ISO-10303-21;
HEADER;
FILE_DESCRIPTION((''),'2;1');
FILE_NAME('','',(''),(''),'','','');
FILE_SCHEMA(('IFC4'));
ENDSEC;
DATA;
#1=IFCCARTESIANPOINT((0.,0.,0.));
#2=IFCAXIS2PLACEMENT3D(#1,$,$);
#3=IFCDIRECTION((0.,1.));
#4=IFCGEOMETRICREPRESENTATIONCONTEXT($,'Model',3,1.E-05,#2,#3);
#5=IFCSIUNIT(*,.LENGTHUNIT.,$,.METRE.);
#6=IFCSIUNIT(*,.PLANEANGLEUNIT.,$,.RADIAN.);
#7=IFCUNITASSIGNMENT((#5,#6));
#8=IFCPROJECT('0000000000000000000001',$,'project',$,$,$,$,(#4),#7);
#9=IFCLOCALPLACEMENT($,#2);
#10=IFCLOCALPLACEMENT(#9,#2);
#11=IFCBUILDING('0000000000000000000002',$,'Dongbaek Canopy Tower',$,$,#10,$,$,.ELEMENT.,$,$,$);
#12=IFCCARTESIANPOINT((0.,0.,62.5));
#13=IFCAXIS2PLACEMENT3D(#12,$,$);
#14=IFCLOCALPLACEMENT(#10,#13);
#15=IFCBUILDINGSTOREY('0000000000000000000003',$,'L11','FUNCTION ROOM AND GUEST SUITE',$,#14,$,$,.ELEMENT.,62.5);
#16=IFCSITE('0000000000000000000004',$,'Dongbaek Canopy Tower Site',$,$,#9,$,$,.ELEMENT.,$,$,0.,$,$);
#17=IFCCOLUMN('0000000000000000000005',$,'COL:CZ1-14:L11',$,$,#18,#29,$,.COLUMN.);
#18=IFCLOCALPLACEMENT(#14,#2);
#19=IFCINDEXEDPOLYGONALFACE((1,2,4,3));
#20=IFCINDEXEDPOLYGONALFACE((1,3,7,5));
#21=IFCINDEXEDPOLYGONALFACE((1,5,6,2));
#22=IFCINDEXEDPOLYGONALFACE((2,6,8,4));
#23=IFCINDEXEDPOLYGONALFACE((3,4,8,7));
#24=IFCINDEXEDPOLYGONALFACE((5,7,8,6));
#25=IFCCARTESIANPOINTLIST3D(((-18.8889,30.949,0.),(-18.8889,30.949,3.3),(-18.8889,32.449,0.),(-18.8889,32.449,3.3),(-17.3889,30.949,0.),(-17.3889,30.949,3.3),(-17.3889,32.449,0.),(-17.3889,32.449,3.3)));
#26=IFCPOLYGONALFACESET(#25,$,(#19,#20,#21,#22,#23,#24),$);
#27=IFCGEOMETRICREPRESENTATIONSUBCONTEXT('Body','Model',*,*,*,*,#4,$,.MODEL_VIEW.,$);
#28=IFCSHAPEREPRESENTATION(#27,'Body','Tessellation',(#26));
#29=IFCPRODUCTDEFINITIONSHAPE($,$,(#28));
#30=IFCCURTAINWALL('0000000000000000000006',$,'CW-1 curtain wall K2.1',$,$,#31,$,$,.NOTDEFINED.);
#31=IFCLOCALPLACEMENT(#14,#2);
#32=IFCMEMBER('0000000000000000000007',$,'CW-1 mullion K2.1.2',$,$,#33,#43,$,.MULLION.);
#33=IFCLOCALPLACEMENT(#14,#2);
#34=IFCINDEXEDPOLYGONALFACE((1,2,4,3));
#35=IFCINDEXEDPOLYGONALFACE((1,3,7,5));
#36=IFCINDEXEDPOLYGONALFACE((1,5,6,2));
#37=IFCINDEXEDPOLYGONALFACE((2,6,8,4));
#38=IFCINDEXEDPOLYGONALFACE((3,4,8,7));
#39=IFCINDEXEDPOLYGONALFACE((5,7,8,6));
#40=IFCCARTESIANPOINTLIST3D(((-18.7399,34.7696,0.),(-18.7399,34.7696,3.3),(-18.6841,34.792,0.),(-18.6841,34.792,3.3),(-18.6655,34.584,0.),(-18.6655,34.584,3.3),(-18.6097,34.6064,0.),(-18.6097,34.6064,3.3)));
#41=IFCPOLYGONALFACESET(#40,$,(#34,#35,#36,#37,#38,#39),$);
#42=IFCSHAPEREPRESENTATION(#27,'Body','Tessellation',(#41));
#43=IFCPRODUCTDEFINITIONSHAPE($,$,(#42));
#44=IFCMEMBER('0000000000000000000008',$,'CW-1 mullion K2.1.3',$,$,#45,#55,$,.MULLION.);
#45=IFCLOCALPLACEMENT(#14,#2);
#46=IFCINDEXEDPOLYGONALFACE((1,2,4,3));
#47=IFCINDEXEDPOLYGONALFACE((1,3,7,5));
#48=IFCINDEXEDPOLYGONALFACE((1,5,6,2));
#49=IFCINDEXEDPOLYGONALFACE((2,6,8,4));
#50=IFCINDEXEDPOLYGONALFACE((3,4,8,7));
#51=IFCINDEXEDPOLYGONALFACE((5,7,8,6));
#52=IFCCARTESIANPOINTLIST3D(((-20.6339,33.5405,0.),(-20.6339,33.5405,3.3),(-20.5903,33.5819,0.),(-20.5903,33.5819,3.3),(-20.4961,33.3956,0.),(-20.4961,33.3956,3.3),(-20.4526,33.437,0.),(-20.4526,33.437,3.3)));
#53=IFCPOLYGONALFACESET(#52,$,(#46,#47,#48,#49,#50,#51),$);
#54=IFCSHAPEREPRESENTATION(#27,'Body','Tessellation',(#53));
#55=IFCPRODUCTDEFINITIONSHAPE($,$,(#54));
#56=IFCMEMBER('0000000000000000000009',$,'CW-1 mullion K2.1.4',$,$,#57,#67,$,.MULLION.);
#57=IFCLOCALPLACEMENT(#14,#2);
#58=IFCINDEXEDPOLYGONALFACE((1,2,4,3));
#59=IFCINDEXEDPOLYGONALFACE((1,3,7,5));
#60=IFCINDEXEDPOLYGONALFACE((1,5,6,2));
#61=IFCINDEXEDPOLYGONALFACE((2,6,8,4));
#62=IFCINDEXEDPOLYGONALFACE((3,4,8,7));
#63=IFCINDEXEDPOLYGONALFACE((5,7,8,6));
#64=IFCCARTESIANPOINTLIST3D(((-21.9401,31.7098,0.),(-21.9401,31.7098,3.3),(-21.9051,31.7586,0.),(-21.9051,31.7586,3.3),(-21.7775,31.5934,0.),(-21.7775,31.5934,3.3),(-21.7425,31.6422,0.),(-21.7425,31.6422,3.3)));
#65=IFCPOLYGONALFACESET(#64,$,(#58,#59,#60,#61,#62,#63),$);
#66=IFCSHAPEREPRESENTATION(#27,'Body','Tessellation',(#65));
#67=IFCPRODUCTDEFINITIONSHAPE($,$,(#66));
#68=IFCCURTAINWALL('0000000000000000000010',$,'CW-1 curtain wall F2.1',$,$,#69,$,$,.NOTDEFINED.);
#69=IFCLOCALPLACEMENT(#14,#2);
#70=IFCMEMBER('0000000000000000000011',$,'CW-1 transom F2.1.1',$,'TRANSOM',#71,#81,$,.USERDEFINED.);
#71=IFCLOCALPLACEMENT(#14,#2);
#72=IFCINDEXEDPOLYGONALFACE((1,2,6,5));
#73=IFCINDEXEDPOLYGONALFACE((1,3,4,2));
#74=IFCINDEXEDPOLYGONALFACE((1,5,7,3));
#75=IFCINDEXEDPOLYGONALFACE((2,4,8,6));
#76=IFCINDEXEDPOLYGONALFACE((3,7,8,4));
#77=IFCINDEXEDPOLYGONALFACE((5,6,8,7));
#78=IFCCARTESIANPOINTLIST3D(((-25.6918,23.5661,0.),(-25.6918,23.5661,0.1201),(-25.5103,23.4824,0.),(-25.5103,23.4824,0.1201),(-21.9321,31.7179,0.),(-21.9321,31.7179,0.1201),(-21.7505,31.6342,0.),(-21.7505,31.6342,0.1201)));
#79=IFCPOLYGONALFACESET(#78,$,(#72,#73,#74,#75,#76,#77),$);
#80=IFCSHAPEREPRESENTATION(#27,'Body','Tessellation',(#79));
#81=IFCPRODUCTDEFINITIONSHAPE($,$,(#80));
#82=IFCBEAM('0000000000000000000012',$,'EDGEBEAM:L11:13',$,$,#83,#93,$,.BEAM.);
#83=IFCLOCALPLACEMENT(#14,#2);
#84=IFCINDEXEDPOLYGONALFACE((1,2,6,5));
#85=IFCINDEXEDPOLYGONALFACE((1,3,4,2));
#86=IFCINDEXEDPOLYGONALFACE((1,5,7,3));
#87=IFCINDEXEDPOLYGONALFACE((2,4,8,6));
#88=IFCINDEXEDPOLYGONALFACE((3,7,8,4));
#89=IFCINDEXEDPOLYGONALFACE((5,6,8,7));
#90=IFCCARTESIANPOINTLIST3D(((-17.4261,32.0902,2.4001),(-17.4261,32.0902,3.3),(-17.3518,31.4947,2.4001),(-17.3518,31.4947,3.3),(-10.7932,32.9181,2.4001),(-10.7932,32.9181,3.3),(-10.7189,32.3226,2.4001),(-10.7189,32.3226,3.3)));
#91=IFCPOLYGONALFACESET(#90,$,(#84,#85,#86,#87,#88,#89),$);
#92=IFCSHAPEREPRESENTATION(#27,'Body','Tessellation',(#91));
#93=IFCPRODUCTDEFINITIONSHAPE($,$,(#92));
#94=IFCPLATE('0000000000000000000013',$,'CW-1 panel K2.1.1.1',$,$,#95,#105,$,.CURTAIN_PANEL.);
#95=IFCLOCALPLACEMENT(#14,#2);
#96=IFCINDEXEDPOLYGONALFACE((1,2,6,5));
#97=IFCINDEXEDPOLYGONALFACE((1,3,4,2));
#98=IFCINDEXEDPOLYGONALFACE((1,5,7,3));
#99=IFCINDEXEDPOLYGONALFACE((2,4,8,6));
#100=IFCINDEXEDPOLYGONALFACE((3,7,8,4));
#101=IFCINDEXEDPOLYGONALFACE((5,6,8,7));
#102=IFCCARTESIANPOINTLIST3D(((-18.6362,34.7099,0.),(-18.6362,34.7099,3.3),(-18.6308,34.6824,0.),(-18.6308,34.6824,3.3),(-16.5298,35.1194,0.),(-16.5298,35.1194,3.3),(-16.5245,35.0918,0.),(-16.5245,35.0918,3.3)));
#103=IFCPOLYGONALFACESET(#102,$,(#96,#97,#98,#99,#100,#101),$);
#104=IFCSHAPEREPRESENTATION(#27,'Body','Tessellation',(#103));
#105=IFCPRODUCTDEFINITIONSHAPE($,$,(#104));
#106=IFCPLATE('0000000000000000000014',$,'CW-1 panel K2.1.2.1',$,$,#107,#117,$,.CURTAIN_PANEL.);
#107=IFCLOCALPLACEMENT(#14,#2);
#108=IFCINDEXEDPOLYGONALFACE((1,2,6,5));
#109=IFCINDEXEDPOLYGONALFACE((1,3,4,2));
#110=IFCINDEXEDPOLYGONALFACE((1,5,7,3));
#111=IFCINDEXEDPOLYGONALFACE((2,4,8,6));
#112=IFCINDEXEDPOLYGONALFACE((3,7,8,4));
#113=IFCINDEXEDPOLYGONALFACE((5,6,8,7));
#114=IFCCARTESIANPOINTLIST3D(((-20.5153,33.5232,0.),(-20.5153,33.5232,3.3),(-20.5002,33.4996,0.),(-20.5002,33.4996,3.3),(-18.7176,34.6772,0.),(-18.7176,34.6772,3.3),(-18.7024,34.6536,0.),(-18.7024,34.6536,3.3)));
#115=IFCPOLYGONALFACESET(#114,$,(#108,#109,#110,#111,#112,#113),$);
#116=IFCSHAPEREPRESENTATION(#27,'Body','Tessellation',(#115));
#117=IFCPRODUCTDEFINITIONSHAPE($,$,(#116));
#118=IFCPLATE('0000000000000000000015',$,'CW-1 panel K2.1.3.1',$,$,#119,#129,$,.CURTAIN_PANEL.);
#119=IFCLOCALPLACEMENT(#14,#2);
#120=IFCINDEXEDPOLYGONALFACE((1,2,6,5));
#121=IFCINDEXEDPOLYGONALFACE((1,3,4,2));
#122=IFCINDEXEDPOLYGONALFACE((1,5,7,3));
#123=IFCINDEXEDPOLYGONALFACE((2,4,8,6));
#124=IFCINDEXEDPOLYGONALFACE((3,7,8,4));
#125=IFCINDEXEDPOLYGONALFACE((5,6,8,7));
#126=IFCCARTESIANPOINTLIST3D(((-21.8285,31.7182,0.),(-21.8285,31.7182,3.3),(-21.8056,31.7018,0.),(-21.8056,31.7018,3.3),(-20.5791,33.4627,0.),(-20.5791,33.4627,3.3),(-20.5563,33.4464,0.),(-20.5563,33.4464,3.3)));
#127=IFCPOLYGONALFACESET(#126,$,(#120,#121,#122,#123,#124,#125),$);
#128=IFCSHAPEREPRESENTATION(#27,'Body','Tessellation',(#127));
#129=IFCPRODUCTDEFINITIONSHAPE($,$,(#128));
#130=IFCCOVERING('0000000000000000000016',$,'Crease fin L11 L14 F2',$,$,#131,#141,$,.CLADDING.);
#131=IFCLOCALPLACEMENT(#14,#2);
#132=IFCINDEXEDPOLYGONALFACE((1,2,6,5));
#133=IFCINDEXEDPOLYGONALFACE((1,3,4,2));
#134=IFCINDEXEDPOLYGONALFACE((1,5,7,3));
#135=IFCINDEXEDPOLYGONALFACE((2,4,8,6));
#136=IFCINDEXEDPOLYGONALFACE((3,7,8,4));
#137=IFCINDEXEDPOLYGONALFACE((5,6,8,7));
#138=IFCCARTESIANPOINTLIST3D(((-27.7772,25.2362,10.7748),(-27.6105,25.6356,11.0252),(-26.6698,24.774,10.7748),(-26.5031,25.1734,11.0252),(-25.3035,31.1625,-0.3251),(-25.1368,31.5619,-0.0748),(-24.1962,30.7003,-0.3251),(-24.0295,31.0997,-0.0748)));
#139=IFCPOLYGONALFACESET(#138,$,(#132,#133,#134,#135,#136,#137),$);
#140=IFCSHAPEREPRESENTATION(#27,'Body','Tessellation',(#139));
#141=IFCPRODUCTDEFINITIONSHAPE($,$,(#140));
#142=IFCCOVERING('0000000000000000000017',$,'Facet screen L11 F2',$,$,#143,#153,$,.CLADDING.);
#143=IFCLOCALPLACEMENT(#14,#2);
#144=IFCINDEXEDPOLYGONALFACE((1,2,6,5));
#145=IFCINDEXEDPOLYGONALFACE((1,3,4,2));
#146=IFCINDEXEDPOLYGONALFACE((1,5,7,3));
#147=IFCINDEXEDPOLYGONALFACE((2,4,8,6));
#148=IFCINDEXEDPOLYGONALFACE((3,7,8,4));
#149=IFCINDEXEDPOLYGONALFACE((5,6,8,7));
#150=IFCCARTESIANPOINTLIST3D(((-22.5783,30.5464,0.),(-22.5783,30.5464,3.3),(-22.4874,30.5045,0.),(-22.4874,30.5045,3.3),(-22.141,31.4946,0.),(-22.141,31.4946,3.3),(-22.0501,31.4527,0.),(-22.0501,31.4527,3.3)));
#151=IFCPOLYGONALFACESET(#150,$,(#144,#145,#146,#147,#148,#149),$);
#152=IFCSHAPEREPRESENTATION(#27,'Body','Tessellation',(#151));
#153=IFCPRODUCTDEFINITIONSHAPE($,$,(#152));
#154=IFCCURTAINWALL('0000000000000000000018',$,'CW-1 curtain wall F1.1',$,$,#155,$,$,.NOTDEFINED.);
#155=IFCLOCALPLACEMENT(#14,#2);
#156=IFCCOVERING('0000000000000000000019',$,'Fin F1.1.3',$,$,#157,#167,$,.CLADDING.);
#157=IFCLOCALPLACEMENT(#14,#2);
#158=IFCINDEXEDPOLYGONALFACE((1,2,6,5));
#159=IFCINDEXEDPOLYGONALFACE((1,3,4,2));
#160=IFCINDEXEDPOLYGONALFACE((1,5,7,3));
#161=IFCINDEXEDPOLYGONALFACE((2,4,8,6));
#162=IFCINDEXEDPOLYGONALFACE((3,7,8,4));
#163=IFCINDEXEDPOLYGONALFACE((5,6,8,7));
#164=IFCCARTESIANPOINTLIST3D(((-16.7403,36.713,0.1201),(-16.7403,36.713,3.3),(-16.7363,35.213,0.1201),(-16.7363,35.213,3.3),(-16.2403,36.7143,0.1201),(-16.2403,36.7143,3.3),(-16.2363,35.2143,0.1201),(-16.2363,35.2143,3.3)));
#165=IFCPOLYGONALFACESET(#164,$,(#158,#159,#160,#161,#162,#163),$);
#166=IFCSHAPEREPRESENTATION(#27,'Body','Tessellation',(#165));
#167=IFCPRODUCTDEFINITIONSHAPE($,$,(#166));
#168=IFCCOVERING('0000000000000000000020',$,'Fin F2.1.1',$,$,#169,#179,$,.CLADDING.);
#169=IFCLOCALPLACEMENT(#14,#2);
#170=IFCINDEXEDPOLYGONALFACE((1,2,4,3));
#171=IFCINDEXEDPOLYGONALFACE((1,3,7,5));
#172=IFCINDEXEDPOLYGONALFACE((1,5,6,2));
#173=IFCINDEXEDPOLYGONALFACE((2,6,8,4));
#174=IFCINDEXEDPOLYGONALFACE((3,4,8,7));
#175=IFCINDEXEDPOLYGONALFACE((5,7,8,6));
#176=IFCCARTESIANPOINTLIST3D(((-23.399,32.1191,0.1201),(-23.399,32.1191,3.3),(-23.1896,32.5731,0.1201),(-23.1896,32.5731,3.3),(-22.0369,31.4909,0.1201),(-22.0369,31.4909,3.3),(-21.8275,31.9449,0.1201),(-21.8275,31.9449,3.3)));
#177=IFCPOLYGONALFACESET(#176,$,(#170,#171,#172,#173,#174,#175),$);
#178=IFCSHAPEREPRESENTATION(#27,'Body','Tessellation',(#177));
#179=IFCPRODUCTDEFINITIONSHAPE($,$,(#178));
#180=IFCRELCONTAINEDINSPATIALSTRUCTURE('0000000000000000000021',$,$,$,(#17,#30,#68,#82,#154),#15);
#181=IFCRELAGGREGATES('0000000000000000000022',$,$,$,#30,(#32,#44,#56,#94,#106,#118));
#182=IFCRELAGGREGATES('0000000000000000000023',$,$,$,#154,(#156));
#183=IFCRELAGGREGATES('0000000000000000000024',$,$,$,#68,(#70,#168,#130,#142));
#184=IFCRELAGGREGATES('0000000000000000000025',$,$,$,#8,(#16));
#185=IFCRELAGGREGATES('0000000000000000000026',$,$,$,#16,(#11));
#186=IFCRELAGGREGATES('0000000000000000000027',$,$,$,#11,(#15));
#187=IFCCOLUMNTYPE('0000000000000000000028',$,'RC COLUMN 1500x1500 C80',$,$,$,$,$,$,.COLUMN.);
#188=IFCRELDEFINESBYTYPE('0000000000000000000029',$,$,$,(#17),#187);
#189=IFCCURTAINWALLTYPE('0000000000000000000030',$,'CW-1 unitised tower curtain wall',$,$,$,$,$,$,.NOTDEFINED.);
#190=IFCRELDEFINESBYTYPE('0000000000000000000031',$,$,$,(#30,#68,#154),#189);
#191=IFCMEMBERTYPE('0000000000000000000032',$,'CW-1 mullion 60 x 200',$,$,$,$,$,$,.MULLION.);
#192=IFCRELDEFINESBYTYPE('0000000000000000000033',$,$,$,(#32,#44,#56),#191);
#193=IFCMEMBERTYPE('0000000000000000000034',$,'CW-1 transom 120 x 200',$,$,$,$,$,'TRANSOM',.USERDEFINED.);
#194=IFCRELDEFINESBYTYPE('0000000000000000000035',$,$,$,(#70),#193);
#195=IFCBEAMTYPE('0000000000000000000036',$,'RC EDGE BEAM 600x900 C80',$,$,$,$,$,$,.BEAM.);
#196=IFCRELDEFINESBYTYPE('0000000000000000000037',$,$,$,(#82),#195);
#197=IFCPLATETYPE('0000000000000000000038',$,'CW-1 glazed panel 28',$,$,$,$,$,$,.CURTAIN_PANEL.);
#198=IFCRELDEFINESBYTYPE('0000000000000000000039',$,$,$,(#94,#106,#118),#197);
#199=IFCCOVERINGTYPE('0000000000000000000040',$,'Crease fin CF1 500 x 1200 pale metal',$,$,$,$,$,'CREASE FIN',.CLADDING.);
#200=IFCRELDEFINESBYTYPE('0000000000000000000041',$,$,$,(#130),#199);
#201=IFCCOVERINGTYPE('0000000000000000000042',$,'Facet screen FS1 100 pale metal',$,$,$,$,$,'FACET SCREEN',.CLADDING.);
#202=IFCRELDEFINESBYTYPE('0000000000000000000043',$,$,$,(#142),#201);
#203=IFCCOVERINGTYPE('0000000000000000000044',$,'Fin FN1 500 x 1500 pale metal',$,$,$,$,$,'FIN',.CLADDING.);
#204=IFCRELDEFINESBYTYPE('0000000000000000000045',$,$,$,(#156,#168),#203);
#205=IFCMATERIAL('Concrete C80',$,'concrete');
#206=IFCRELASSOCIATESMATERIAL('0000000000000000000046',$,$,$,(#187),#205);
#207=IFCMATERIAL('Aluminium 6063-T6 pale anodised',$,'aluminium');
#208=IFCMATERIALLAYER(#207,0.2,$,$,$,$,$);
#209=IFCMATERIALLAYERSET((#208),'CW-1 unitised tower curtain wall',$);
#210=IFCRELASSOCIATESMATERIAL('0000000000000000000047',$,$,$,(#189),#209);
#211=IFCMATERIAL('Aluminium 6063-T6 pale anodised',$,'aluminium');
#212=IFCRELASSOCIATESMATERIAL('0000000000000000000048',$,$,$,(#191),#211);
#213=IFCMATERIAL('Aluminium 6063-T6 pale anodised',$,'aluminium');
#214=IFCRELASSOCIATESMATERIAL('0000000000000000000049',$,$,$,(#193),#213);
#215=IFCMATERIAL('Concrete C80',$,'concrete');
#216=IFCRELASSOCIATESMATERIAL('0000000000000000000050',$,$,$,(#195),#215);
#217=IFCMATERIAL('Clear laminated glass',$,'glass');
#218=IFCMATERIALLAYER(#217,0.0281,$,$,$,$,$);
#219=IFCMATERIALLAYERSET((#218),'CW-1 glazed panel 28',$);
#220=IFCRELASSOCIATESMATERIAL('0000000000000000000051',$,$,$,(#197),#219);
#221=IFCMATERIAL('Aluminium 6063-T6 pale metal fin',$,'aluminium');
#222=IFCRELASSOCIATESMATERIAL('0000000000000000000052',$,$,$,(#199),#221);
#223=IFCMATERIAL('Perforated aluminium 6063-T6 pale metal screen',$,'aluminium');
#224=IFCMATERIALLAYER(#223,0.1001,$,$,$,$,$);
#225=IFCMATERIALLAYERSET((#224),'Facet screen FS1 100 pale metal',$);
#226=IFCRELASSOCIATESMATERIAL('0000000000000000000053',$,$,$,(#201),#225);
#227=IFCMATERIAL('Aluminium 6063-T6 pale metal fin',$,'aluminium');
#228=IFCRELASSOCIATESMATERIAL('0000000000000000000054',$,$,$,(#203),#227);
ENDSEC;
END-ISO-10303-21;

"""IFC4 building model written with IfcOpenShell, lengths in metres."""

from ifc_helpers import new_model, si_unit, direction, frame, origin, origin_2d, place, context, subcontext, project, spatial, rectangle, extrude, material, layer, layer_set, material_profile, profile_set, type_object, element, aggregate, save


model = new_model("IFC4")

# Units and contexts
model_context = context("Model", 3, precision=1e-05, world=origin(), true_north=direction((0.0, 1.0)))
body_context = subcontext(model_context, "Body", "Model", "MODEL_VIEW")
ifc_project = project(units=[si_unit("LENGTHUNIT", "METRE"), si_unit("PLANEANGLEUNIT", "RADIAN")], contexts=[model_context])

# Site, building, storey
site_placement = place(None, origin())
site = spatial("IfcSite", under=ifc_project, at=site_placement, Name="Dongbaek Canopy Tower Site", CompositionType="ELEMENT", RefElevation=0.0)
building_placement = place(site_placement, origin())
building = spatial("IfcBuilding", under=site, at=building_placement, Name="Dongbaek Canopy Tower", CompositionType="ELEMENT")
storey_placement = place(building_placement, frame((0.0, 0.0, 62.5)))
storey = spatial("IfcBuildingStorey", under=building, at=storey_placement, Name="L11", Description="FUNCTION ROOM AND GUEST SUITE", CompositionType="ELEMENT", Elevation=62.5)

# Column
ifc_material_1 = material(Name="Concrete C80", Category="concrete")
ifc_material_profile_1 = material_profile(ifc_material_1, rectangle(XDim=1.5, YDim=1.5, at=origin_2d()), Name="RC COLUMN 1500x1500 C80")
ifc_profile_set_1 = profile_set([ifc_material_profile_1], Name="Concrete C80")
column_type = type_object("IfcColumnType", Name="RC COLUMN 1500x1500 C80", PredefinedType="COLUMN", material=ifc_profile_set_1)
column_placement = place(storey_placement, frame((-18.1389, 31.699, 0.0), z_axis=(0.0, 0.0, 1.0), x_axis=(1.0, 0.0, 0.0)))
element("IfcColumn", 1, at=column_placement, inside=storey, type_object=column_type, Name="COL:CZ1-14:L11", PredefinedType="COLUMN", context=body_context, shape_type="SweptSolid", body=[
    extrude(rectangle(XDim=1.5, YDim=1.5, at=origin_2d()), origin(), (0.0, 0.0, 1.0), 3.3),
])

# Curtain wall, members
ifc_material_2 = material(Name="Aluminium 6063-T6 pale anodised", Category="aluminium")
ifc_layer_1 = layer(ifc_material_2, 0.2)
ifc_layer_set_1 = layer_set([ifc_layer_1], Name="CW-1 unitised tower curtain wall")
curtain_wall_type = type_object("IfcCurtainWallType", Name="CW-1 unitised tower curtain wall", PredefinedType="NOTDEFINED", material=ifc_layer_set_1)
curtain_wall_1_placement = place(storey_placement, origin())
curtain_wall_1 = element("IfcCurtainWall", 2, at=curtain_wall_1_placement, inside=storey, type_object=curtain_wall_type, Name="CW-1 curtain wall K2.1", PredefinedType="NOTDEFINED")
ifc_material_3 = material(Name="Aluminium 6063-T6 pale anodised", Category="aluminium")
ifc_material_profile_2 = material_profile(ifc_material_3, rectangle(XDim=0.2, YDim=0.0601, at=origin_2d()), Name="CW-1 mullion 60 x 200")
ifc_profile_set_2 = profile_set([ifc_material_profile_2], Name="Aluminium 6063-T6 pale anodised")
member_type_1 = type_object("IfcMemberType", Name="CW-1 mullion 60 x 200", PredefinedType="MULLION", material=ifc_profile_set_2)
member_1_placement = place(storey_placement, frame((-18.6748, 34.688, 0.0), z_axis=(0.0, 0.0, 1.0), x_axis=(-0.372156, 0.92817, 0.0)))
member_1 = element("IfcMember", 3, at=member_1_placement, type_object=member_type_1, Name="CW-1 mullion K2.1.2", PredefinedType="MULLION", context=body_context, shape_type="SweptSolid", body=[
    extrude(rectangle(XDim=0.2, YDim=0.0601, at=origin_2d()), origin(), (0.0, 0.0, 1.0), 3.3),
])
member_2_placement = place(storey_placement, frame((-20.5432, 33.4888, 0.0), z_axis=(0.0, 0.0, 1.0), x_axis=(-0.688918, 0.724839, 0.0)))
member_2 = element("IfcMember", 4, at=member_2_placement, type_object=member_type_1, Name="CW-1 mullion K2.1.3", PredefinedType="MULLION", context=body_context, shape_type="SweptSolid", body=[
    extrude(rectangle(XDim=0.2, YDim=0.0601, at=origin_2d()), origin(), (0.0, 0.0, 1.0), 3.3),
])
member_3_placement = place(storey_placement, frame((-21.8413, 31.676, 0.0), z_axis=(0.0, 0.0, 1.0), x_axis=(-0.813024, 0.58223, 0.0)))
member_3 = element("IfcMember", 5, at=member_3_placement, type_object=member_type_1, Name="CW-1 mullion K2.1.4", PredefinedType="MULLION", context=body_context, shape_type="SweptSolid", body=[
    extrude(rectangle(XDim=0.2, YDim=0.0601, at=origin_2d()), origin(), (0.0, 0.0, 1.0), 3.3),
])

# Curtain wall, member
curtain_wall_2_placement = place(storey_placement, origin())
curtain_wall_2 = element("IfcCurtainWall", 6, at=curtain_wall_2_placement, inside=storey, type_object=curtain_wall_type, Name="CW-1 curtain wall F2.1", PredefinedType="NOTDEFINED")
ifc_material_4 = material(Name="Aluminium 6063-T6 pale anodised", Category="aluminium")
ifc_material_profile_3 = material_profile(ifc_material_4, rectangle(XDim=0.2, YDim=0.1201, at=origin_2d()), Name="CW-1 transom 120 x 200")
ifc_profile_set_3 = profile_set([ifc_material_profile_3], Name="Aluminium 6063-T6 pale anodised")
member_type_2 = type_object("IfcMemberType", Name="CW-1 transom 120 x 200", ElementType="TRANSOM", PredefinedType="USERDEFINED", material=ifc_profile_set_3)
member_4_placement = place(storey_placement, frame((-21.8413, 31.676, 0.0601), z_axis=(-0.418817, -0.908071, 0.0), x_axis=(0.908071, -0.418817, 0.0)))
member_4 = element("IfcMember", 7, at=member_4_placement, type_object=member_type_2, Name="CW-1 transom F2.1.1", ObjectType="TRANSOM", PredefinedType="USERDEFINED", context=body_context, shape_type="SweptSolid", body=[
    extrude(rectangle(XDim=0.2, YDim=0.1201, at=origin_2d()), origin(), (0.0, 0.0, 1.0), 8.9771),
])

# Beam
ifc_material_5 = material(Name="Concrete C80", Category="concrete")
ifc_material_profile_4 = material_profile(ifc_material_5, rectangle(XDim=0.6001, YDim=0.8999, at=origin_2d()), Name="RC EDGE BEAM 600x900 C80")
ifc_profile_set_4 = profile_set([ifc_material_profile_4], Name="Concrete C80")
beam_type = type_object("IfcBeamType", Name="RC EDGE BEAM 600x900 C80", PredefinedType="BEAM", material=ifc_profile_set_4)
beam_placement = place(storey_placement, frame((-17.3889, 31.7925, 2.8501), z_axis=(0.9923, 0.123855, 0.0), x_axis=(-0.123855, 0.9923, 0.0)))
element("IfcBeam", 8, at=beam_placement, inside=storey, type_object=beam_type, Name="EDGEBEAM:L11:13", PredefinedType="BEAM", context=body_context, shape_type="SweptSolid", body=[
    extrude(rectangle(XDim=0.6001, YDim=0.8999, at=origin_2d()), origin(), (0.0, 0.0, 1.0), 6.6843),
])

# Plates
ifc_material_6 = material(Name="Clear laminated glass", Category="glass")
ifc_layer_2 = layer(ifc_material_6, 0.0281)
ifc_layer_set_2 = layer_set([ifc_layer_2], Name="CW-1 glazed panel 28")
plate_type = type_object("IfcPlateType", Name="CW-1 glazed panel 28", PredefinedType="CURTAIN_PANEL", material=ifc_layer_set_2)
plate_1_placement = place(storey_placement, frame((-17.5803, 34.9009, 0.0), z_axis=(0.0, 0.0, 1.0), x_axis=(-0.981625, -0.190821, 0.0)))
plate_1 = element("IfcPlate", 9, at=plate_1_placement, type_object=plate_type, Name="CW-1 panel K2.1.1.1", PredefinedType="CURTAIN_PANEL", context=body_context, shape_type="SweptSolid", body=[
    extrude(rectangle(XDim=2.1458, YDim=0.0281, at=origin_2d()), origin(), (0.0, 0.0, 1.0), 3.3),
])
plate_2_placement = place(storey_placement, frame((-19.6089, 34.0884, 0.0), z_axis=(0.0, 0.0, 1.0), x_axis=(-0.841543, -0.54019, 0.0)))
plate_2 = element("IfcPlate", 10, at=plate_2_placement, type_object=plate_type, Name="CW-1 panel K2.1.2.1", PredefinedType="CURTAIN_PANEL", context=body_context, shape_type="SweptSolid", body=[
    extrude(rectangle(XDim=2.1362, YDim=0.0281, at=origin_2d()), origin(), (0.0, 0.0, 1.0), 3.3),
])
plate_3_placement = place(storey_placement, frame((-21.1924, 32.5823, 0.0), z_axis=(0.0, 0.0, 1.0), x_axis=(-0.58223, -0.813024, 0.0)))
plate_3 = element("IfcPlate", 11, at=plate_3_placement, type_object=plate_type, Name="CW-1 panel K2.1.3.1", PredefinedType="CURTAIN_PANEL", context=body_context, shape_type="SweptSolid", body=[
    extrude(rectangle(XDim=2.1458, YDim=0.0281, at=origin_2d()), origin(), (0.0, 0.0, 1.0), 3.3),
])
aggregate(curtain_wall_1, [member_1, member_2, member_3, plate_1, plate_2, plate_3])

# Coverings
ifc_material_7 = material(Name="Aluminium 6063-T6 pale metal fin", Category="aluminium")
ifc_material_profile_5 = material_profile(ifc_material_7, rectangle(XDim=1.2, YDim=0.5, at=origin_2d()), Name="Crease fin CF1 500 x 1200 pale metal")
ifc_profile_set_5 = profile_set([ifc_material_profile_5], Name="Aluminium 6063-T6 pale metal fin")
covering_type_1 = type_object("IfcCoveringType", Name="Crease fin CF1 500 x 1200 pale metal", ElementType="CREASE FIN", PredefinedType="CLADDING", material=ifc_profile_set_5)
covering_1_placement = place(storey_placement, frame((-24.6665, 31.1311, -0.2), z_axis=(-0.192896, -0.462136, 0.865576), x_axis=(0.922836, -0.385193, 0.0)))
covering_1 = element("IfcCovering", 12, at=covering_1_placement, type_object=covering_type_1, Name="Crease fin L11 L14 F2", PredefinedType="CLADDING", context=body_context, shape_type="SweptSolid", body=[
    extrude(rectangle(XDim=1.2, YDim=0.5, at=origin_2d()), origin(), (0.0, 0.0, 1.0), 12.8237),
])
ifc_material_8 = material(Name="Perforated aluminium 6063-T6 pale metal screen", Category="aluminium")
ifc_layer_3 = layer(ifc_material_8, 0.1001)
ifc_layer_set_3 = layer_set([ifc_layer_3], Name="Facet screen FS1 100 pale metal")
covering_type_2 = type_object("IfcCoveringType", Name="Facet screen FS1 100 pale metal", ElementType="FACET SCREEN", PredefinedType="CLADDING", material=ifc_layer_set_3)
covering_2_placement = place(storey_placement, frame((-22.3142, 30.9995, 0.0), z_axis=(0.0, 0.0, 1.0), x_axis=(-0.418812, -0.908073, 0.0)))
covering_2 = element("IfcCovering", 13, at=covering_2_placement, type_object=covering_type_2, Name="Facet screen L11 F2", PredefinedType="CLADDING", context=body_context, shape_type="SweptSolid", body=[
    extrude(rectangle(XDim=1.0442, YDim=0.1001, at=origin_2d()), origin(), (0.0, 0.0, 1.0), 3.3),
])

# Curtain wall, covering
curtain_wall_3_placement = place(storey_placement, origin())
curtain_wall_3 = element("IfcCurtainWall", 14, at=curtain_wall_3_placement, inside=storey, type_object=curtain_wall_type, Name="CW-1 curtain wall F1.1", PredefinedType="NOTDEFINED")
ifc_material_9 = material(Name="Aluminium 6063-T6 pale metal fin", Category="aluminium")
ifc_material_profile_6 = material_profile(ifc_material_9, rectangle(XDim=1.5, YDim=0.5, at=origin_2d()), Name="Fin FN1 500 x 1500 pale metal")
ifc_profile_set_6 = profile_set([ifc_material_profile_6], Name="Aluminium 6063-T6 pale metal fin")
covering_type_3 = type_object("IfcCoveringType", Name="Fin FN1 500 x 1500 pale metal", ElementType="FIN", PredefinedType="CLADDING", material=ifc_profile_set_6)
covering_3_placement = place(storey_placement, frame((-16.4883, 35.9636, 0.1201), z_axis=(0.0, 0.0, 1.0), x_axis=(-0.002666, 0.999996, 0.0)))
covering_3 = element("IfcCovering", 15, at=covering_3_placement, type_object=covering_type_3, Name="Fin F1.1.3", PredefinedType="CLADDING", context=body_context, shape_type="SweptSolid", body=[
    extrude(rectangle(XDim=1.5, YDim=0.5, at=origin_2d()), origin(), (0.0, 0.0, 1.0), 3.1799),
])
aggregate(curtain_wall_3, [covering_3])

# Covering
covering_4_placement = place(storey_placement, frame((-22.6133, 32.032, 0.1201), z_axis=(0.0, 0.0, 1.0), x_axis=(-0.908073, 0.418811, 0.0)))
covering_4 = element("IfcCovering", 16, at=covering_4_placement, type_object=covering_type_3, Name="Fin F2.1.1", PredefinedType="CLADDING", context=body_context, shape_type="SweptSolid", body=[
    extrude(rectangle(XDim=1.5, YDim=0.5, at=origin_2d()), origin(), (0.0, 0.0, 1.0), 3.1799),
])
aggregate(curtain_wall_2, [member_4, covering_4, covering_1, covering_2])

save(model, "model.ifc")
